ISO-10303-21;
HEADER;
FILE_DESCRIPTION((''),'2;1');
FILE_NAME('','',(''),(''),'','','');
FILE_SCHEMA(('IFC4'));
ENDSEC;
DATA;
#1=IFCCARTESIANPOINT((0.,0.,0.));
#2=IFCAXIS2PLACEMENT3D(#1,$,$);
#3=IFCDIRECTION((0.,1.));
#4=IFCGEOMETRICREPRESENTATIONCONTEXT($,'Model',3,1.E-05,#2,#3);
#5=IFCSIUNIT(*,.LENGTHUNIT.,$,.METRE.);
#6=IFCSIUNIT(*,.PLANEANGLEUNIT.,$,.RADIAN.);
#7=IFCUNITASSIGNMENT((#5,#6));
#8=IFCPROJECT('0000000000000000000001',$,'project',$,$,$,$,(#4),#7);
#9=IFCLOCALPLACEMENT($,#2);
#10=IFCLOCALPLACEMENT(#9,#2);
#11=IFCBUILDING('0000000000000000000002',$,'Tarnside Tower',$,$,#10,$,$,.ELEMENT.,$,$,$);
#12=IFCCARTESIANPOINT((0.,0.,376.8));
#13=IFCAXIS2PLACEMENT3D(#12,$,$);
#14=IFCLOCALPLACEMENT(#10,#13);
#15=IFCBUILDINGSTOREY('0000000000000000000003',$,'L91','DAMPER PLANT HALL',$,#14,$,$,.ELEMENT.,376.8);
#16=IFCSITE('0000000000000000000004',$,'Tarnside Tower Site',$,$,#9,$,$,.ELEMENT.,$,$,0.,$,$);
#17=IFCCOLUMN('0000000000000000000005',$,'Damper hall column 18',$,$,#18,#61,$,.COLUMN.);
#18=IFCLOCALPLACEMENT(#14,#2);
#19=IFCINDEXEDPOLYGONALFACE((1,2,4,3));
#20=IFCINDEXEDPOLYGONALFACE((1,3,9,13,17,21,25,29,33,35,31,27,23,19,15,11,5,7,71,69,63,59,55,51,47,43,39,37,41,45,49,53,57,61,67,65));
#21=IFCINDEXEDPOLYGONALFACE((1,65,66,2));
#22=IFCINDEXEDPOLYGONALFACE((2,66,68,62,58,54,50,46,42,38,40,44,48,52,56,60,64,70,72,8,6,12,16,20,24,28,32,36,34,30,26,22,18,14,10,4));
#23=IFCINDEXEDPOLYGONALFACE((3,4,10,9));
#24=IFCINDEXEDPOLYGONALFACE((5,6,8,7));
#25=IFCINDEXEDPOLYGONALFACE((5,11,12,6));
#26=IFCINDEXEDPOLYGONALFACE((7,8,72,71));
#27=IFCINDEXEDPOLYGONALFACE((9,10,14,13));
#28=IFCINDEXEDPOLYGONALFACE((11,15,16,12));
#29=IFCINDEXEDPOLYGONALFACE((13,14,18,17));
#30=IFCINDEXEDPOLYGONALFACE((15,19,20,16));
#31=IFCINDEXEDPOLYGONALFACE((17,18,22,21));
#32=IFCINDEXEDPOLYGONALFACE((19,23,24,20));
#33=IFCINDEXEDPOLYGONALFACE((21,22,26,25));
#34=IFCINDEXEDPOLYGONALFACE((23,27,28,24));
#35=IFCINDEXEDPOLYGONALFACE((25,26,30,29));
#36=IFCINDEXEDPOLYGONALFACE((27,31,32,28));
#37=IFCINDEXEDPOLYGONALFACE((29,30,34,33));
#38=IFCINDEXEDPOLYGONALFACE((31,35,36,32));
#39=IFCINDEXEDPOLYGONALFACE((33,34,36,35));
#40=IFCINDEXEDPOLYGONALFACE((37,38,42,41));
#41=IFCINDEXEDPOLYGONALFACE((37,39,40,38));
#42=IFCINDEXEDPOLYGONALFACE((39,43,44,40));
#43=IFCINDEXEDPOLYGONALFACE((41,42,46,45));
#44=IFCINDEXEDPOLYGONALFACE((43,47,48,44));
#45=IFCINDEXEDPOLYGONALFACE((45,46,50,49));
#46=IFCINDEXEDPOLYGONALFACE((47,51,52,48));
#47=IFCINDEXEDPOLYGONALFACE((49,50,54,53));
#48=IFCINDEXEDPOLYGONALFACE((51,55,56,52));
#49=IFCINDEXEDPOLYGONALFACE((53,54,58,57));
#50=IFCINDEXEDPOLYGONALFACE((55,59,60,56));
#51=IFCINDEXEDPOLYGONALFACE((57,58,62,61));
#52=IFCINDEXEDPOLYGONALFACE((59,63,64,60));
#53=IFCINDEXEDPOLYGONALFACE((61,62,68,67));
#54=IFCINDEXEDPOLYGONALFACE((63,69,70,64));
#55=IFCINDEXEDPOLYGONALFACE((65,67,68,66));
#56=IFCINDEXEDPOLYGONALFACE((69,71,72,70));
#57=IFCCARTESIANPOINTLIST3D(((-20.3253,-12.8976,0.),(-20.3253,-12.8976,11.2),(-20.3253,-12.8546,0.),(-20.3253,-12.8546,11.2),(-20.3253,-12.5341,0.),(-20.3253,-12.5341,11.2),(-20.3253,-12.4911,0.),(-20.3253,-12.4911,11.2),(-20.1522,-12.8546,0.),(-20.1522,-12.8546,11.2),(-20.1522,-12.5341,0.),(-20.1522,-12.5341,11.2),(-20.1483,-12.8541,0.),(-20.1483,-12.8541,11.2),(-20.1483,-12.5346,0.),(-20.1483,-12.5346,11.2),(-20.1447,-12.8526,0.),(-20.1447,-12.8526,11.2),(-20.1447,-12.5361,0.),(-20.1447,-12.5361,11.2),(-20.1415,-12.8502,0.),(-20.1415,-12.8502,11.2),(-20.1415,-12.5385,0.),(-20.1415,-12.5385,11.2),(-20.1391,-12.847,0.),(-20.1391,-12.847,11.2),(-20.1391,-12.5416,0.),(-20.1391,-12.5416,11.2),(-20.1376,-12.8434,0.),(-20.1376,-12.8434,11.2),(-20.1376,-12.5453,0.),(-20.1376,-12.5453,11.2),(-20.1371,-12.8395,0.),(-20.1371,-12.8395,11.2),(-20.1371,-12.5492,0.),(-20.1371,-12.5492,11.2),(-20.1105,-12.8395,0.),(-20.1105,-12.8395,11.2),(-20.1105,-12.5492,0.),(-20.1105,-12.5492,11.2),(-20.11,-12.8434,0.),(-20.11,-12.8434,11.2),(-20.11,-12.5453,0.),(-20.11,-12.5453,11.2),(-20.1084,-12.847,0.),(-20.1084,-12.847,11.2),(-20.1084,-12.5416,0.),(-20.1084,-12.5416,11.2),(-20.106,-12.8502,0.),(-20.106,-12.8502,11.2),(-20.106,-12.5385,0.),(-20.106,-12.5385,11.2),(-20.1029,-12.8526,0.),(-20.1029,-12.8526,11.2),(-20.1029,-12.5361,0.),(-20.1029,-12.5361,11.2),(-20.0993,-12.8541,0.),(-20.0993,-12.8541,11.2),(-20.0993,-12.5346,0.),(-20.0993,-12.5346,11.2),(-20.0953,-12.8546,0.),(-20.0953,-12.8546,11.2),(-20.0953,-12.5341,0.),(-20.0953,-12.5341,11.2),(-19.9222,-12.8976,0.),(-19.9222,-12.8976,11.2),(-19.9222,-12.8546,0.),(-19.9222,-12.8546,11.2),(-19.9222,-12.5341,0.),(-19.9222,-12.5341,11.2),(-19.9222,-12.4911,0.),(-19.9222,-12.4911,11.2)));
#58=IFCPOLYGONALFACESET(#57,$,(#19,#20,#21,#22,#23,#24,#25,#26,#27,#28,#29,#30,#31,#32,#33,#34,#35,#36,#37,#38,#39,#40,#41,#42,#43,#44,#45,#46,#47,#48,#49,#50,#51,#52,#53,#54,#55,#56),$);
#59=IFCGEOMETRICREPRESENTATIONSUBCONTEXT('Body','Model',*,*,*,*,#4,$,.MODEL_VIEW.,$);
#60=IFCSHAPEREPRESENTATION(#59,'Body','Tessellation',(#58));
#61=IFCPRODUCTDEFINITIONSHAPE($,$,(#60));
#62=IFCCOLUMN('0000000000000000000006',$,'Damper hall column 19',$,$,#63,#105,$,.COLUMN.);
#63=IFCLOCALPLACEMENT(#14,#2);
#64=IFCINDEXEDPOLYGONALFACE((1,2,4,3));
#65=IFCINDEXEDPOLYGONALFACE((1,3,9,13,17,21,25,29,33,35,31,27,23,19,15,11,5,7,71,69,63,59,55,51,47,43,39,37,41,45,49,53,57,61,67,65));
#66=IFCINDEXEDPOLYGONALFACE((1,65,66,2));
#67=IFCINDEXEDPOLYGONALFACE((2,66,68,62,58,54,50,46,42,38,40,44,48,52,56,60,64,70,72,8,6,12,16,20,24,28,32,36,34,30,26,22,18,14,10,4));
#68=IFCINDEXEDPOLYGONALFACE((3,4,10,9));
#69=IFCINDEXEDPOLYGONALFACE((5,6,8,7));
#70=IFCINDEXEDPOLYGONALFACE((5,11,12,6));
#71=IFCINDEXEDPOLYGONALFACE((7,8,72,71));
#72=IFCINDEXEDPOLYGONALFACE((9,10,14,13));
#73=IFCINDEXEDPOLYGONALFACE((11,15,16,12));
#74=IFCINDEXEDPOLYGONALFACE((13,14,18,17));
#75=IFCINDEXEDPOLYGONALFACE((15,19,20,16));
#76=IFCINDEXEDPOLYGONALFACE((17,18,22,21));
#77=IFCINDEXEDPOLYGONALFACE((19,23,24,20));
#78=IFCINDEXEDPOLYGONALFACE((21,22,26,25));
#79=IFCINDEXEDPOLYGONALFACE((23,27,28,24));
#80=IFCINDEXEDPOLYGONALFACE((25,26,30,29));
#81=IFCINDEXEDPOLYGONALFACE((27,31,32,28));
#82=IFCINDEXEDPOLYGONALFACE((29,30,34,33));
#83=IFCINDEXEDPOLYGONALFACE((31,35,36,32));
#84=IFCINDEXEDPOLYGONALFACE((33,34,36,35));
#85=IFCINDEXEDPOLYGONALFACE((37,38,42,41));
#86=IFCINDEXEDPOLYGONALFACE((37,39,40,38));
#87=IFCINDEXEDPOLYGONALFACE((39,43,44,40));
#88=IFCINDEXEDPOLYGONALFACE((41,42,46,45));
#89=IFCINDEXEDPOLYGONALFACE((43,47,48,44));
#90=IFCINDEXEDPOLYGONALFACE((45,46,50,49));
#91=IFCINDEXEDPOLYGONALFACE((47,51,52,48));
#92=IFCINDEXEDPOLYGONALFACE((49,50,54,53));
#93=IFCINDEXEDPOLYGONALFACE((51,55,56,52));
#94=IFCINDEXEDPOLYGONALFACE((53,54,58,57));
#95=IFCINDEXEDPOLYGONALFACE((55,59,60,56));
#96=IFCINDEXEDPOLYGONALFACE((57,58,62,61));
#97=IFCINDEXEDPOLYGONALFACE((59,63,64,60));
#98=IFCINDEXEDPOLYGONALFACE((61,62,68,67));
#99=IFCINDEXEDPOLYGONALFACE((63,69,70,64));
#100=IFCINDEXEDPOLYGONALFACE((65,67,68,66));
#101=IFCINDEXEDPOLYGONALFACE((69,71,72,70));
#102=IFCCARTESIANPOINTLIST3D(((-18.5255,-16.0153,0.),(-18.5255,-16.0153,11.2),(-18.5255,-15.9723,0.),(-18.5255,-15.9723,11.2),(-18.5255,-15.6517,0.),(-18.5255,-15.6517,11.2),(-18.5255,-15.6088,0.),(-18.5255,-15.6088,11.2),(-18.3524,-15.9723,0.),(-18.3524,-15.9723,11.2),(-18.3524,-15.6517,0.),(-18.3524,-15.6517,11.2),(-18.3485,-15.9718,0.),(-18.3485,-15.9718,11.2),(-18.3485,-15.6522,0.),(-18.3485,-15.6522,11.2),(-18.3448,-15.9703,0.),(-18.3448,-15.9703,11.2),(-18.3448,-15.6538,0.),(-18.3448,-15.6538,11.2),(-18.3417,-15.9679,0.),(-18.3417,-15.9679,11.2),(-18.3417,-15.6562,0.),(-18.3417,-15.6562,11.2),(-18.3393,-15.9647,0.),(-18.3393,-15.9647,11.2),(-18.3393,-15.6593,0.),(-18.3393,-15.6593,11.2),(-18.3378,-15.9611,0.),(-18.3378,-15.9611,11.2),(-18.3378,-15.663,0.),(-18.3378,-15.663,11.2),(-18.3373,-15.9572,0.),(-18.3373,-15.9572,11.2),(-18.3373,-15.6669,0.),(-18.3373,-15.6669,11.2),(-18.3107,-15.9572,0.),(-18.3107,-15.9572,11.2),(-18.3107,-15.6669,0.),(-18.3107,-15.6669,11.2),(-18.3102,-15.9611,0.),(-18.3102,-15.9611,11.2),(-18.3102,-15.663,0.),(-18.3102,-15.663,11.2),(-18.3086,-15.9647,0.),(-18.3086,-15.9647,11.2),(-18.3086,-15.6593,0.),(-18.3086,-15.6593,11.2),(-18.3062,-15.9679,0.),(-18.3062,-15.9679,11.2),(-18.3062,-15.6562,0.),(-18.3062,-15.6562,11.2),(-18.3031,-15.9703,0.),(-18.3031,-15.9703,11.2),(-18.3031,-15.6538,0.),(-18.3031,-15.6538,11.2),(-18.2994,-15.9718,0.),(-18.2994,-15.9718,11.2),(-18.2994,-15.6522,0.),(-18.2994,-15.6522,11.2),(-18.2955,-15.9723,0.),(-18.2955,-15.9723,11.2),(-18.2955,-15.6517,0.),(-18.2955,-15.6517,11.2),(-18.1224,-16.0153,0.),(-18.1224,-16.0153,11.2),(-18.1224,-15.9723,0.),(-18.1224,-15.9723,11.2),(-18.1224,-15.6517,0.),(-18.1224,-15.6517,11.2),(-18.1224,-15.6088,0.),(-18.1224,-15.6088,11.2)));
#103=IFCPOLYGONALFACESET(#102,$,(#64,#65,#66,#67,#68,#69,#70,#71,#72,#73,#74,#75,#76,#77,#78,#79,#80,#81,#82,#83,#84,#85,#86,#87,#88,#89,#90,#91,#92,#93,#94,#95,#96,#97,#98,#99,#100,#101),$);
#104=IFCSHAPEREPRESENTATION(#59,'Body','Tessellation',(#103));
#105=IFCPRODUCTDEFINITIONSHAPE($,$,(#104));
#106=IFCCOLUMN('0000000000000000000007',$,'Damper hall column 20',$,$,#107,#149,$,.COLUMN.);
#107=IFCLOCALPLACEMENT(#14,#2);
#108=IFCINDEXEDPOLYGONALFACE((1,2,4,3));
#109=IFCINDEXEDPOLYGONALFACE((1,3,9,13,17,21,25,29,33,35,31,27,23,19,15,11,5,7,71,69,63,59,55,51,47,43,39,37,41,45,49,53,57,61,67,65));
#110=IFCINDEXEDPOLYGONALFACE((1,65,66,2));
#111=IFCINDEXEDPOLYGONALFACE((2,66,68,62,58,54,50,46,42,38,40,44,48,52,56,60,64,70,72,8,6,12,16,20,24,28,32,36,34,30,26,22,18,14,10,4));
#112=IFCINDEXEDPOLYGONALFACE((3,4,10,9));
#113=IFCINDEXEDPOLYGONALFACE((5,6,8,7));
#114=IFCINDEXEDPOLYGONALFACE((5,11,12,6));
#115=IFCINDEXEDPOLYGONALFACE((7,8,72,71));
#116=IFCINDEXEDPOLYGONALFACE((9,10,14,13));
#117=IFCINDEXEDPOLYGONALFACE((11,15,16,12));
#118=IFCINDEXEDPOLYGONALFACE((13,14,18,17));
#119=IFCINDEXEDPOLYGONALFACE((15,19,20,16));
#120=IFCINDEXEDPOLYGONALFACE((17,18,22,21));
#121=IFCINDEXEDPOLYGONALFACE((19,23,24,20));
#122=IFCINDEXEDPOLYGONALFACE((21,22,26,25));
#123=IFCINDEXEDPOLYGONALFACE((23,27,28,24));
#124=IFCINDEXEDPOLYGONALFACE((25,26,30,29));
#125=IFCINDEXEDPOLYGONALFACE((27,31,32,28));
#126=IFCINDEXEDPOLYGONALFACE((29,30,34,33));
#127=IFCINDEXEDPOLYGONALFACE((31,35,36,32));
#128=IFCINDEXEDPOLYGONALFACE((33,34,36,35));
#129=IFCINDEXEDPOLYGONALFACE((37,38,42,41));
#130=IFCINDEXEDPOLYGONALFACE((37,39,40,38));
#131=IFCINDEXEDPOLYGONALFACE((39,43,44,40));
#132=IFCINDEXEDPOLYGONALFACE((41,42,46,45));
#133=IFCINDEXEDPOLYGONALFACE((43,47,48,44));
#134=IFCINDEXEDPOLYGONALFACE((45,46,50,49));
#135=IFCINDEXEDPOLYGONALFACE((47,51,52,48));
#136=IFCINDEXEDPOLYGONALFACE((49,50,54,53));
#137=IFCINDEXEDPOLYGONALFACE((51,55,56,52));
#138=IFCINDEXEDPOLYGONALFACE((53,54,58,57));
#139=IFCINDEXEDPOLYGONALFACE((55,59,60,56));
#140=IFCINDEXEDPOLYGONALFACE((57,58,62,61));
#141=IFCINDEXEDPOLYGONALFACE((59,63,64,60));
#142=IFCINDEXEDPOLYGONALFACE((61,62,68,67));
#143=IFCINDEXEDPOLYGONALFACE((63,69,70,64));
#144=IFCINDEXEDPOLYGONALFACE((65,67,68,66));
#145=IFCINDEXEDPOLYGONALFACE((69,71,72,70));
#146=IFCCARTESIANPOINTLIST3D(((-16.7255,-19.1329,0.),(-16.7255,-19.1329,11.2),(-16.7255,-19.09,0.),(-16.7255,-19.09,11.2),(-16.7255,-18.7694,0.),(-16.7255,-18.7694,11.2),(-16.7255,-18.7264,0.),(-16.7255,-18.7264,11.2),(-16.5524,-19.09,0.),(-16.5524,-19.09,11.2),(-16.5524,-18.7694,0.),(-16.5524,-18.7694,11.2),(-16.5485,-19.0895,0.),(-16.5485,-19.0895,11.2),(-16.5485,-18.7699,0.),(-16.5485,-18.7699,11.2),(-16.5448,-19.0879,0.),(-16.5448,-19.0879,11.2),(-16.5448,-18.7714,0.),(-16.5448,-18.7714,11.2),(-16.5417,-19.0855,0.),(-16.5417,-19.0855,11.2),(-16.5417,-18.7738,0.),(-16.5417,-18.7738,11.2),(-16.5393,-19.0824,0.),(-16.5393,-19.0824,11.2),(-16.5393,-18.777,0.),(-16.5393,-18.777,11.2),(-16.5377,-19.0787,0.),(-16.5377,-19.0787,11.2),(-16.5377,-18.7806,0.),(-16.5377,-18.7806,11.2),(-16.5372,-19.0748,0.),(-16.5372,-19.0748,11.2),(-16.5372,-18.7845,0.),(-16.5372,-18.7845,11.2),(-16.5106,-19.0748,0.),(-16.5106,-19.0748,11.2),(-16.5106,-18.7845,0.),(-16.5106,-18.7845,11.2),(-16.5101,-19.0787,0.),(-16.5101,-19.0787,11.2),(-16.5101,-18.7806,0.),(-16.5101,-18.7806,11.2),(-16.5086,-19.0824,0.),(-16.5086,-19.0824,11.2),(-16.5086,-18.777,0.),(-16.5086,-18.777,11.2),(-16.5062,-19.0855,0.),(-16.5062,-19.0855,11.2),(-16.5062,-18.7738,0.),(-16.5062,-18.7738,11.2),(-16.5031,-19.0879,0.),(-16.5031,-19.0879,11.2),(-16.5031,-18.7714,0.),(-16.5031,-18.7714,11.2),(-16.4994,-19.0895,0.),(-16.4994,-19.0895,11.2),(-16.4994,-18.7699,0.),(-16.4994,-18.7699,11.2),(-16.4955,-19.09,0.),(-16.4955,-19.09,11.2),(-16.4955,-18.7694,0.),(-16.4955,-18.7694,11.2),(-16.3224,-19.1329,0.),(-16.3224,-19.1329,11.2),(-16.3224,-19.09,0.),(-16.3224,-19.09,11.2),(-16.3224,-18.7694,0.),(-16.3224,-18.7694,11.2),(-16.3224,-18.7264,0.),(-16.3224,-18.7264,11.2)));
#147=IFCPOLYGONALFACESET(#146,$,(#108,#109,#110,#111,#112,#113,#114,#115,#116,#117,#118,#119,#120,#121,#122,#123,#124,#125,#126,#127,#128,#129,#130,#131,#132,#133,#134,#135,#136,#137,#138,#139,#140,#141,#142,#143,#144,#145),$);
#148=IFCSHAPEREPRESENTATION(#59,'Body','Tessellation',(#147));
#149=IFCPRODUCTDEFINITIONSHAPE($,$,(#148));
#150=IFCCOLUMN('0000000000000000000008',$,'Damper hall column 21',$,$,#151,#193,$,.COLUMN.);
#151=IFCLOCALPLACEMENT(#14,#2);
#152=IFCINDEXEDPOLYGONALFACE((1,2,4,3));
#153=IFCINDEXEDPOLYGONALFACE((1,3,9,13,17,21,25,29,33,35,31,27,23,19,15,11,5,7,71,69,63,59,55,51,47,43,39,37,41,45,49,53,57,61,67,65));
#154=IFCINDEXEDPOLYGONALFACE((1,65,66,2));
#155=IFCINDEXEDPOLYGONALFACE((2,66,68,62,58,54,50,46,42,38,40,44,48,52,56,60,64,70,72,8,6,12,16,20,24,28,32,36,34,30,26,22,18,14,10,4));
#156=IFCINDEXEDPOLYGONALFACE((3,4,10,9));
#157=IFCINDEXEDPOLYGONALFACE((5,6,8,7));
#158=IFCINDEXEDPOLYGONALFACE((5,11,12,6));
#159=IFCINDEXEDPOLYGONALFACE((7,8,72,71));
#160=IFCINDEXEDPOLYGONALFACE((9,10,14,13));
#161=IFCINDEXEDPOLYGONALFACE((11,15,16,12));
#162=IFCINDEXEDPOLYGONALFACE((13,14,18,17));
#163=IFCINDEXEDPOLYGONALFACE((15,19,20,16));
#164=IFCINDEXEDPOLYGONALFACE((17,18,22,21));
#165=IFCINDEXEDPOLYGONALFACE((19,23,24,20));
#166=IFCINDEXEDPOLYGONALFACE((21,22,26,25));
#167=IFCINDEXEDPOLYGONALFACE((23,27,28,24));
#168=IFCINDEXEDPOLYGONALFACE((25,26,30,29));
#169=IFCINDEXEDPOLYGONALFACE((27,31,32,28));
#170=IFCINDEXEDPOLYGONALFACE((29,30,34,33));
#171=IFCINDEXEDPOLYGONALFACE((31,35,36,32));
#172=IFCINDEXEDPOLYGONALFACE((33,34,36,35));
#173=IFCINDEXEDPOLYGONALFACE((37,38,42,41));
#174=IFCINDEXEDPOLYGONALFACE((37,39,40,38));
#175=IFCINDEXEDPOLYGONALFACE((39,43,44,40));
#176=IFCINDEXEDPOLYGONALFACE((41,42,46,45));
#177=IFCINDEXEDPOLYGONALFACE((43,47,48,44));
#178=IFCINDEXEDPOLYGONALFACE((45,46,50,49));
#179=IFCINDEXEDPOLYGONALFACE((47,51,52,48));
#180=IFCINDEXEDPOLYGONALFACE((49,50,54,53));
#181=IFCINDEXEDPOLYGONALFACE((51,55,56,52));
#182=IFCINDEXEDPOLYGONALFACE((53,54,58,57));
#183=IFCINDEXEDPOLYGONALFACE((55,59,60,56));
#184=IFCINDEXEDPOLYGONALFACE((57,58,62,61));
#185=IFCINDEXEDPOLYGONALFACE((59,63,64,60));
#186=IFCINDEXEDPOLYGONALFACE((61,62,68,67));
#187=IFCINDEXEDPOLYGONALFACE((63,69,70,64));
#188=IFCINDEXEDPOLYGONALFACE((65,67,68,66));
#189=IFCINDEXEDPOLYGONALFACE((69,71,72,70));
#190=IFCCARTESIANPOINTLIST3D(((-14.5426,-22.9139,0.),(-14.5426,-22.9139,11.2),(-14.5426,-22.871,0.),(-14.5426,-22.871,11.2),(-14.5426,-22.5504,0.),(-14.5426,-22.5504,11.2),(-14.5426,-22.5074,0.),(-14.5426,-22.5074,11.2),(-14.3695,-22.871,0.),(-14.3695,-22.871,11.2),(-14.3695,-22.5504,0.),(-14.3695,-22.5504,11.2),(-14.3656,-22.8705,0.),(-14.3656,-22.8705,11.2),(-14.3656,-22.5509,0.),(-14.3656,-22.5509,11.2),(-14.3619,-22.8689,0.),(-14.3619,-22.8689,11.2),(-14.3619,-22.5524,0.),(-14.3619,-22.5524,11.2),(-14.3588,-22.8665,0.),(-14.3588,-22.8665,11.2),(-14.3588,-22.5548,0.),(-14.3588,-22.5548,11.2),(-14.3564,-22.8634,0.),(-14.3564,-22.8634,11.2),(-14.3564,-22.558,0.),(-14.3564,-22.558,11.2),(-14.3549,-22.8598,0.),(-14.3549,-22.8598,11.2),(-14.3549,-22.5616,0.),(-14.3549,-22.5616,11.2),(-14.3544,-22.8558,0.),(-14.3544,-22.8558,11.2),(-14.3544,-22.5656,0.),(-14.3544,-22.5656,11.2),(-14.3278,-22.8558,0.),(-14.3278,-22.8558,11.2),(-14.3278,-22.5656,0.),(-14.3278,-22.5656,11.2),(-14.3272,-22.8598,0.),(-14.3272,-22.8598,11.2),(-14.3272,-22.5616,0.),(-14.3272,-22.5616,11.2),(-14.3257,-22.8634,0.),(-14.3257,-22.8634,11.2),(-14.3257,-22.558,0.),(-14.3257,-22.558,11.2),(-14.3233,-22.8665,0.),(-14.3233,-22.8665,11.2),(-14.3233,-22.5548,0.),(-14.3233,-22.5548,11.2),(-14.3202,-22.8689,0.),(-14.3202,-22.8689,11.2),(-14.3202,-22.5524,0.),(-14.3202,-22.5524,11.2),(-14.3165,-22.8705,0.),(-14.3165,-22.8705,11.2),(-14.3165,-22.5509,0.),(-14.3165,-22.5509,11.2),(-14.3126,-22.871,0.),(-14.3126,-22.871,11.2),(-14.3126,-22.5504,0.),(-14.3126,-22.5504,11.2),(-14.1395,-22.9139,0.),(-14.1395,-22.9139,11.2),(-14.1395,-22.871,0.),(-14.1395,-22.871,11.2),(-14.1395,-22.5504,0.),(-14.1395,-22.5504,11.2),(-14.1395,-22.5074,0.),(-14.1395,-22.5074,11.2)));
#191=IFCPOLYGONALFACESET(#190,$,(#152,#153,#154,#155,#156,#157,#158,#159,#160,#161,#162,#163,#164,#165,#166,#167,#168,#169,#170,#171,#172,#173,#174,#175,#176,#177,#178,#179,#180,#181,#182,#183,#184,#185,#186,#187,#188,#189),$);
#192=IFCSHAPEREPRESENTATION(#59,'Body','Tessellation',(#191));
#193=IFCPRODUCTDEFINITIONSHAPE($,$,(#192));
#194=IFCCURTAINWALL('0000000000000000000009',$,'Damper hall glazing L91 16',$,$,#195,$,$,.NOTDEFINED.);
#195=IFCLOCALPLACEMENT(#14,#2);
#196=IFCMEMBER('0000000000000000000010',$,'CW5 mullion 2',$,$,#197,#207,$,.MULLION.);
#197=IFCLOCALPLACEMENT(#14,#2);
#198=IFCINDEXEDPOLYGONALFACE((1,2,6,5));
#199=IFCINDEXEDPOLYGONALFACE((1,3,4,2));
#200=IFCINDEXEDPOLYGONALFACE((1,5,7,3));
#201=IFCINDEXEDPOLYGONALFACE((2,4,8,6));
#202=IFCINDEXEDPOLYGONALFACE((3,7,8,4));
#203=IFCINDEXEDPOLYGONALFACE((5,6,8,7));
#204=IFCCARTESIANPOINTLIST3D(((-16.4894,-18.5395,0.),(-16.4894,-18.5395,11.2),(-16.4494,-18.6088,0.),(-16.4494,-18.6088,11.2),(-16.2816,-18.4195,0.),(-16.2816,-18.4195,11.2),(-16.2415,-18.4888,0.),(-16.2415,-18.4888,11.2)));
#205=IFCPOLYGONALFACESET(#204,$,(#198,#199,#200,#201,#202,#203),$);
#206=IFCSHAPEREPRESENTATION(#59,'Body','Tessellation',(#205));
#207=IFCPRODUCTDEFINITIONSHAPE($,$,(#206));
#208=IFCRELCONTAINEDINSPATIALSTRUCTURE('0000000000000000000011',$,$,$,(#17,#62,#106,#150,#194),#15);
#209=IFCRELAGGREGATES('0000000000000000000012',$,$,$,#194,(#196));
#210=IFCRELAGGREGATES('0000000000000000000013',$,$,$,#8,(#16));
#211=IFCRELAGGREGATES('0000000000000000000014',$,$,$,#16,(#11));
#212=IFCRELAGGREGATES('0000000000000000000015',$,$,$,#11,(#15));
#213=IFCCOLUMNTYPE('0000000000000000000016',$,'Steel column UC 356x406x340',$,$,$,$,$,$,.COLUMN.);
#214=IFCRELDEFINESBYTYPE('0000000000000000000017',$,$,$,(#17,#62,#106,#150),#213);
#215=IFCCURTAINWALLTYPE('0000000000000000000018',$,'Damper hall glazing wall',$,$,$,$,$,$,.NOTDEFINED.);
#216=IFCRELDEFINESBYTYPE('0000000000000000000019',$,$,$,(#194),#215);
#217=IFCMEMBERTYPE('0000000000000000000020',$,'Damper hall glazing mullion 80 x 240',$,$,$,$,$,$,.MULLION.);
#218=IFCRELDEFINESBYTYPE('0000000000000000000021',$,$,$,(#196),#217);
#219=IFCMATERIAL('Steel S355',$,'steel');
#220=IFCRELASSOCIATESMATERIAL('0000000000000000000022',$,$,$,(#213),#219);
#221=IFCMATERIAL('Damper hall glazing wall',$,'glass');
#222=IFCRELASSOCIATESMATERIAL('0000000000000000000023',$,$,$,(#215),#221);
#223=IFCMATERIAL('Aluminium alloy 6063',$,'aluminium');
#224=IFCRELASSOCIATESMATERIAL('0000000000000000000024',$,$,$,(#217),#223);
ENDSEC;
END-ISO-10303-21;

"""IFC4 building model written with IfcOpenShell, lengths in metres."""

from ifc_helpers import new_model, si_unit, direction, frame, origin, origin_2d, place, context, subcontext, project, spatial, rectangle, i_section, extrude, material, material_profile, profile_set, type_object, element, aggregate, save


model = new_model("IFC4")

# Units and contexts
model_context = context("Model", 3, precision=1e-05, world=origin(), true_north=direction((0.0, 1.0)))
body_context = subcontext(model_context, "Body", "Model", "MODEL_VIEW")
ifc_project = project(units=[si_unit("LENGTHUNIT", "METRE"), si_unit("PLANEANGLEUNIT", "RADIAN")], contexts=[model_context])

# Site, building, storey
site_placement = place(None, origin())
site = spatial("IfcSite", under=ifc_project, at=site_placement, Name="Tarnside Tower Site", CompositionType="ELEMENT", RefElevation=0.0)
building_placement = place(site_placement, origin())
building = spatial("IfcBuilding", under=site, at=building_placement, Name="Tarnside Tower", CompositionType="ELEMENT")
storey_placement = place(building_placement, frame((0.0, 0.0, 376.8)))
storey = spatial("IfcBuildingStorey", under=building, at=storey_placement, Name="L91", Description="DAMPER PLANT HALL", CompositionType="ELEMENT", Elevation=376.8)

# Columns
ifc_material_1 = material(Name="Steel S355", Category="steel")
ifc_material_profile_1 = material_profile(ifc_material_1, i_section(OverallWidth=0.4031, OverallDepth=0.4065, WebThickness=0.0266, FlangeThickness=0.043, FilletRadius=0.0151, at=origin_2d()), Name="UC 356x406x340")
ifc_profile_set_1 = profile_set([ifc_material_profile_1], Name="Steel S355")
column_type = type_object("IfcColumnType", Name="Steel column UC 356x406x340", PredefinedType="COLUMN", material=ifc_profile_set_1)
for number, where, z_axis, x_axis, name in (
    (1, (-20.1238, -12.6943, 0.0), (0.0, 0.0, 1.0), (1.0, 0.0, 0.0), "Damper hall column 18"),
    (2, (-18.324, -15.812, 0.0), (0.0, 0.0, 1.0), (1.0, 0.0, 0.0), "Damper hall column 19"),
    (3, (-16.5239, -18.9297, 0.0), (0.0, 0.0, 1.0), (1.0, 0.0, 0.0), "Damper hall column 20"),
    (4, (-14.3411, -22.7107, 0.0), (0.0, 0.0, 1.0), (1.0, 0.0, 0.0), "Damper hall column 21"),
):
    element("IfcColumn", number, at=place(storey_placement, frame(where, z_axis=z_axis, x_axis=x_axis)), inside=storey, type_object=column_type, Name=name, PredefinedType="COLUMN", context=body_context, shape_type="SweptSolid", body=[
        extrude(i_section(OverallWidth=0.4031, OverallDepth=0.4065, WebThickness=0.0266, FlangeThickness=0.043, FilletRadius=0.0151, at=origin_2d()), origin(), (0.0, 0.0, 1.0), 11.2),
    ])

# Curtain wall, member
ifc_material_2 = material(Name="Damper hall glazing wall", Category="glass")
curtain_wall_type = type_object("IfcCurtainWallType", Name="Damper hall glazing wall", PredefinedType="NOTDEFINED", material=ifc_material_2)
curtain_wall_placement = place(storey_placement, origin())
curtain_wall = element("IfcCurtainWall", 5, at=curtain_wall_placement, inside=storey, type_object=curtain_wall_type, Name="Damper hall glazing L91 16", PredefinedType="NOTDEFINED")
ifc_material_3 = material(Name="Aluminium alloy 6063", Category="aluminium")
ifc_material_profile_2 = material_profile(ifc_material_3, rectangle(XDim=0.24, YDim=0.0801, at=origin_2d()), Name="Damper hall glazing mullion 80 x 240")
ifc_profile_set_2 = profile_set([ifc_material_profile_2], Name="Aluminium alloy 6063")
member_type_1 = type_object("IfcMemberType", Name="Damper hall glazing mullion 80 x 240", PredefinedType="MULLION", material=ifc_profile_set_2)
member_1_placement = place(storey_placement, frame((-16.3655, -18.5142, 0.0), z_axis=(0.0, 0.0, 1.0), x_axis=(-0.866025, -0.5, 0.0)))
member_1 = element("IfcMember", 6, at=member_1_placement, type_object=member_type_1, Name="CW5 mullion 2", PredefinedType="MULLION", context=body_context, shape_type="SweptSolid", body=[
    extrude(rectangle(XDim=0.24, YDim=0.0801, at=origin_2d()), origin(), (0.0, 0.0, 1.0), 11.2),
])

aggregate(curtain_wall, [member_1])

save(model, "model.ifc")
